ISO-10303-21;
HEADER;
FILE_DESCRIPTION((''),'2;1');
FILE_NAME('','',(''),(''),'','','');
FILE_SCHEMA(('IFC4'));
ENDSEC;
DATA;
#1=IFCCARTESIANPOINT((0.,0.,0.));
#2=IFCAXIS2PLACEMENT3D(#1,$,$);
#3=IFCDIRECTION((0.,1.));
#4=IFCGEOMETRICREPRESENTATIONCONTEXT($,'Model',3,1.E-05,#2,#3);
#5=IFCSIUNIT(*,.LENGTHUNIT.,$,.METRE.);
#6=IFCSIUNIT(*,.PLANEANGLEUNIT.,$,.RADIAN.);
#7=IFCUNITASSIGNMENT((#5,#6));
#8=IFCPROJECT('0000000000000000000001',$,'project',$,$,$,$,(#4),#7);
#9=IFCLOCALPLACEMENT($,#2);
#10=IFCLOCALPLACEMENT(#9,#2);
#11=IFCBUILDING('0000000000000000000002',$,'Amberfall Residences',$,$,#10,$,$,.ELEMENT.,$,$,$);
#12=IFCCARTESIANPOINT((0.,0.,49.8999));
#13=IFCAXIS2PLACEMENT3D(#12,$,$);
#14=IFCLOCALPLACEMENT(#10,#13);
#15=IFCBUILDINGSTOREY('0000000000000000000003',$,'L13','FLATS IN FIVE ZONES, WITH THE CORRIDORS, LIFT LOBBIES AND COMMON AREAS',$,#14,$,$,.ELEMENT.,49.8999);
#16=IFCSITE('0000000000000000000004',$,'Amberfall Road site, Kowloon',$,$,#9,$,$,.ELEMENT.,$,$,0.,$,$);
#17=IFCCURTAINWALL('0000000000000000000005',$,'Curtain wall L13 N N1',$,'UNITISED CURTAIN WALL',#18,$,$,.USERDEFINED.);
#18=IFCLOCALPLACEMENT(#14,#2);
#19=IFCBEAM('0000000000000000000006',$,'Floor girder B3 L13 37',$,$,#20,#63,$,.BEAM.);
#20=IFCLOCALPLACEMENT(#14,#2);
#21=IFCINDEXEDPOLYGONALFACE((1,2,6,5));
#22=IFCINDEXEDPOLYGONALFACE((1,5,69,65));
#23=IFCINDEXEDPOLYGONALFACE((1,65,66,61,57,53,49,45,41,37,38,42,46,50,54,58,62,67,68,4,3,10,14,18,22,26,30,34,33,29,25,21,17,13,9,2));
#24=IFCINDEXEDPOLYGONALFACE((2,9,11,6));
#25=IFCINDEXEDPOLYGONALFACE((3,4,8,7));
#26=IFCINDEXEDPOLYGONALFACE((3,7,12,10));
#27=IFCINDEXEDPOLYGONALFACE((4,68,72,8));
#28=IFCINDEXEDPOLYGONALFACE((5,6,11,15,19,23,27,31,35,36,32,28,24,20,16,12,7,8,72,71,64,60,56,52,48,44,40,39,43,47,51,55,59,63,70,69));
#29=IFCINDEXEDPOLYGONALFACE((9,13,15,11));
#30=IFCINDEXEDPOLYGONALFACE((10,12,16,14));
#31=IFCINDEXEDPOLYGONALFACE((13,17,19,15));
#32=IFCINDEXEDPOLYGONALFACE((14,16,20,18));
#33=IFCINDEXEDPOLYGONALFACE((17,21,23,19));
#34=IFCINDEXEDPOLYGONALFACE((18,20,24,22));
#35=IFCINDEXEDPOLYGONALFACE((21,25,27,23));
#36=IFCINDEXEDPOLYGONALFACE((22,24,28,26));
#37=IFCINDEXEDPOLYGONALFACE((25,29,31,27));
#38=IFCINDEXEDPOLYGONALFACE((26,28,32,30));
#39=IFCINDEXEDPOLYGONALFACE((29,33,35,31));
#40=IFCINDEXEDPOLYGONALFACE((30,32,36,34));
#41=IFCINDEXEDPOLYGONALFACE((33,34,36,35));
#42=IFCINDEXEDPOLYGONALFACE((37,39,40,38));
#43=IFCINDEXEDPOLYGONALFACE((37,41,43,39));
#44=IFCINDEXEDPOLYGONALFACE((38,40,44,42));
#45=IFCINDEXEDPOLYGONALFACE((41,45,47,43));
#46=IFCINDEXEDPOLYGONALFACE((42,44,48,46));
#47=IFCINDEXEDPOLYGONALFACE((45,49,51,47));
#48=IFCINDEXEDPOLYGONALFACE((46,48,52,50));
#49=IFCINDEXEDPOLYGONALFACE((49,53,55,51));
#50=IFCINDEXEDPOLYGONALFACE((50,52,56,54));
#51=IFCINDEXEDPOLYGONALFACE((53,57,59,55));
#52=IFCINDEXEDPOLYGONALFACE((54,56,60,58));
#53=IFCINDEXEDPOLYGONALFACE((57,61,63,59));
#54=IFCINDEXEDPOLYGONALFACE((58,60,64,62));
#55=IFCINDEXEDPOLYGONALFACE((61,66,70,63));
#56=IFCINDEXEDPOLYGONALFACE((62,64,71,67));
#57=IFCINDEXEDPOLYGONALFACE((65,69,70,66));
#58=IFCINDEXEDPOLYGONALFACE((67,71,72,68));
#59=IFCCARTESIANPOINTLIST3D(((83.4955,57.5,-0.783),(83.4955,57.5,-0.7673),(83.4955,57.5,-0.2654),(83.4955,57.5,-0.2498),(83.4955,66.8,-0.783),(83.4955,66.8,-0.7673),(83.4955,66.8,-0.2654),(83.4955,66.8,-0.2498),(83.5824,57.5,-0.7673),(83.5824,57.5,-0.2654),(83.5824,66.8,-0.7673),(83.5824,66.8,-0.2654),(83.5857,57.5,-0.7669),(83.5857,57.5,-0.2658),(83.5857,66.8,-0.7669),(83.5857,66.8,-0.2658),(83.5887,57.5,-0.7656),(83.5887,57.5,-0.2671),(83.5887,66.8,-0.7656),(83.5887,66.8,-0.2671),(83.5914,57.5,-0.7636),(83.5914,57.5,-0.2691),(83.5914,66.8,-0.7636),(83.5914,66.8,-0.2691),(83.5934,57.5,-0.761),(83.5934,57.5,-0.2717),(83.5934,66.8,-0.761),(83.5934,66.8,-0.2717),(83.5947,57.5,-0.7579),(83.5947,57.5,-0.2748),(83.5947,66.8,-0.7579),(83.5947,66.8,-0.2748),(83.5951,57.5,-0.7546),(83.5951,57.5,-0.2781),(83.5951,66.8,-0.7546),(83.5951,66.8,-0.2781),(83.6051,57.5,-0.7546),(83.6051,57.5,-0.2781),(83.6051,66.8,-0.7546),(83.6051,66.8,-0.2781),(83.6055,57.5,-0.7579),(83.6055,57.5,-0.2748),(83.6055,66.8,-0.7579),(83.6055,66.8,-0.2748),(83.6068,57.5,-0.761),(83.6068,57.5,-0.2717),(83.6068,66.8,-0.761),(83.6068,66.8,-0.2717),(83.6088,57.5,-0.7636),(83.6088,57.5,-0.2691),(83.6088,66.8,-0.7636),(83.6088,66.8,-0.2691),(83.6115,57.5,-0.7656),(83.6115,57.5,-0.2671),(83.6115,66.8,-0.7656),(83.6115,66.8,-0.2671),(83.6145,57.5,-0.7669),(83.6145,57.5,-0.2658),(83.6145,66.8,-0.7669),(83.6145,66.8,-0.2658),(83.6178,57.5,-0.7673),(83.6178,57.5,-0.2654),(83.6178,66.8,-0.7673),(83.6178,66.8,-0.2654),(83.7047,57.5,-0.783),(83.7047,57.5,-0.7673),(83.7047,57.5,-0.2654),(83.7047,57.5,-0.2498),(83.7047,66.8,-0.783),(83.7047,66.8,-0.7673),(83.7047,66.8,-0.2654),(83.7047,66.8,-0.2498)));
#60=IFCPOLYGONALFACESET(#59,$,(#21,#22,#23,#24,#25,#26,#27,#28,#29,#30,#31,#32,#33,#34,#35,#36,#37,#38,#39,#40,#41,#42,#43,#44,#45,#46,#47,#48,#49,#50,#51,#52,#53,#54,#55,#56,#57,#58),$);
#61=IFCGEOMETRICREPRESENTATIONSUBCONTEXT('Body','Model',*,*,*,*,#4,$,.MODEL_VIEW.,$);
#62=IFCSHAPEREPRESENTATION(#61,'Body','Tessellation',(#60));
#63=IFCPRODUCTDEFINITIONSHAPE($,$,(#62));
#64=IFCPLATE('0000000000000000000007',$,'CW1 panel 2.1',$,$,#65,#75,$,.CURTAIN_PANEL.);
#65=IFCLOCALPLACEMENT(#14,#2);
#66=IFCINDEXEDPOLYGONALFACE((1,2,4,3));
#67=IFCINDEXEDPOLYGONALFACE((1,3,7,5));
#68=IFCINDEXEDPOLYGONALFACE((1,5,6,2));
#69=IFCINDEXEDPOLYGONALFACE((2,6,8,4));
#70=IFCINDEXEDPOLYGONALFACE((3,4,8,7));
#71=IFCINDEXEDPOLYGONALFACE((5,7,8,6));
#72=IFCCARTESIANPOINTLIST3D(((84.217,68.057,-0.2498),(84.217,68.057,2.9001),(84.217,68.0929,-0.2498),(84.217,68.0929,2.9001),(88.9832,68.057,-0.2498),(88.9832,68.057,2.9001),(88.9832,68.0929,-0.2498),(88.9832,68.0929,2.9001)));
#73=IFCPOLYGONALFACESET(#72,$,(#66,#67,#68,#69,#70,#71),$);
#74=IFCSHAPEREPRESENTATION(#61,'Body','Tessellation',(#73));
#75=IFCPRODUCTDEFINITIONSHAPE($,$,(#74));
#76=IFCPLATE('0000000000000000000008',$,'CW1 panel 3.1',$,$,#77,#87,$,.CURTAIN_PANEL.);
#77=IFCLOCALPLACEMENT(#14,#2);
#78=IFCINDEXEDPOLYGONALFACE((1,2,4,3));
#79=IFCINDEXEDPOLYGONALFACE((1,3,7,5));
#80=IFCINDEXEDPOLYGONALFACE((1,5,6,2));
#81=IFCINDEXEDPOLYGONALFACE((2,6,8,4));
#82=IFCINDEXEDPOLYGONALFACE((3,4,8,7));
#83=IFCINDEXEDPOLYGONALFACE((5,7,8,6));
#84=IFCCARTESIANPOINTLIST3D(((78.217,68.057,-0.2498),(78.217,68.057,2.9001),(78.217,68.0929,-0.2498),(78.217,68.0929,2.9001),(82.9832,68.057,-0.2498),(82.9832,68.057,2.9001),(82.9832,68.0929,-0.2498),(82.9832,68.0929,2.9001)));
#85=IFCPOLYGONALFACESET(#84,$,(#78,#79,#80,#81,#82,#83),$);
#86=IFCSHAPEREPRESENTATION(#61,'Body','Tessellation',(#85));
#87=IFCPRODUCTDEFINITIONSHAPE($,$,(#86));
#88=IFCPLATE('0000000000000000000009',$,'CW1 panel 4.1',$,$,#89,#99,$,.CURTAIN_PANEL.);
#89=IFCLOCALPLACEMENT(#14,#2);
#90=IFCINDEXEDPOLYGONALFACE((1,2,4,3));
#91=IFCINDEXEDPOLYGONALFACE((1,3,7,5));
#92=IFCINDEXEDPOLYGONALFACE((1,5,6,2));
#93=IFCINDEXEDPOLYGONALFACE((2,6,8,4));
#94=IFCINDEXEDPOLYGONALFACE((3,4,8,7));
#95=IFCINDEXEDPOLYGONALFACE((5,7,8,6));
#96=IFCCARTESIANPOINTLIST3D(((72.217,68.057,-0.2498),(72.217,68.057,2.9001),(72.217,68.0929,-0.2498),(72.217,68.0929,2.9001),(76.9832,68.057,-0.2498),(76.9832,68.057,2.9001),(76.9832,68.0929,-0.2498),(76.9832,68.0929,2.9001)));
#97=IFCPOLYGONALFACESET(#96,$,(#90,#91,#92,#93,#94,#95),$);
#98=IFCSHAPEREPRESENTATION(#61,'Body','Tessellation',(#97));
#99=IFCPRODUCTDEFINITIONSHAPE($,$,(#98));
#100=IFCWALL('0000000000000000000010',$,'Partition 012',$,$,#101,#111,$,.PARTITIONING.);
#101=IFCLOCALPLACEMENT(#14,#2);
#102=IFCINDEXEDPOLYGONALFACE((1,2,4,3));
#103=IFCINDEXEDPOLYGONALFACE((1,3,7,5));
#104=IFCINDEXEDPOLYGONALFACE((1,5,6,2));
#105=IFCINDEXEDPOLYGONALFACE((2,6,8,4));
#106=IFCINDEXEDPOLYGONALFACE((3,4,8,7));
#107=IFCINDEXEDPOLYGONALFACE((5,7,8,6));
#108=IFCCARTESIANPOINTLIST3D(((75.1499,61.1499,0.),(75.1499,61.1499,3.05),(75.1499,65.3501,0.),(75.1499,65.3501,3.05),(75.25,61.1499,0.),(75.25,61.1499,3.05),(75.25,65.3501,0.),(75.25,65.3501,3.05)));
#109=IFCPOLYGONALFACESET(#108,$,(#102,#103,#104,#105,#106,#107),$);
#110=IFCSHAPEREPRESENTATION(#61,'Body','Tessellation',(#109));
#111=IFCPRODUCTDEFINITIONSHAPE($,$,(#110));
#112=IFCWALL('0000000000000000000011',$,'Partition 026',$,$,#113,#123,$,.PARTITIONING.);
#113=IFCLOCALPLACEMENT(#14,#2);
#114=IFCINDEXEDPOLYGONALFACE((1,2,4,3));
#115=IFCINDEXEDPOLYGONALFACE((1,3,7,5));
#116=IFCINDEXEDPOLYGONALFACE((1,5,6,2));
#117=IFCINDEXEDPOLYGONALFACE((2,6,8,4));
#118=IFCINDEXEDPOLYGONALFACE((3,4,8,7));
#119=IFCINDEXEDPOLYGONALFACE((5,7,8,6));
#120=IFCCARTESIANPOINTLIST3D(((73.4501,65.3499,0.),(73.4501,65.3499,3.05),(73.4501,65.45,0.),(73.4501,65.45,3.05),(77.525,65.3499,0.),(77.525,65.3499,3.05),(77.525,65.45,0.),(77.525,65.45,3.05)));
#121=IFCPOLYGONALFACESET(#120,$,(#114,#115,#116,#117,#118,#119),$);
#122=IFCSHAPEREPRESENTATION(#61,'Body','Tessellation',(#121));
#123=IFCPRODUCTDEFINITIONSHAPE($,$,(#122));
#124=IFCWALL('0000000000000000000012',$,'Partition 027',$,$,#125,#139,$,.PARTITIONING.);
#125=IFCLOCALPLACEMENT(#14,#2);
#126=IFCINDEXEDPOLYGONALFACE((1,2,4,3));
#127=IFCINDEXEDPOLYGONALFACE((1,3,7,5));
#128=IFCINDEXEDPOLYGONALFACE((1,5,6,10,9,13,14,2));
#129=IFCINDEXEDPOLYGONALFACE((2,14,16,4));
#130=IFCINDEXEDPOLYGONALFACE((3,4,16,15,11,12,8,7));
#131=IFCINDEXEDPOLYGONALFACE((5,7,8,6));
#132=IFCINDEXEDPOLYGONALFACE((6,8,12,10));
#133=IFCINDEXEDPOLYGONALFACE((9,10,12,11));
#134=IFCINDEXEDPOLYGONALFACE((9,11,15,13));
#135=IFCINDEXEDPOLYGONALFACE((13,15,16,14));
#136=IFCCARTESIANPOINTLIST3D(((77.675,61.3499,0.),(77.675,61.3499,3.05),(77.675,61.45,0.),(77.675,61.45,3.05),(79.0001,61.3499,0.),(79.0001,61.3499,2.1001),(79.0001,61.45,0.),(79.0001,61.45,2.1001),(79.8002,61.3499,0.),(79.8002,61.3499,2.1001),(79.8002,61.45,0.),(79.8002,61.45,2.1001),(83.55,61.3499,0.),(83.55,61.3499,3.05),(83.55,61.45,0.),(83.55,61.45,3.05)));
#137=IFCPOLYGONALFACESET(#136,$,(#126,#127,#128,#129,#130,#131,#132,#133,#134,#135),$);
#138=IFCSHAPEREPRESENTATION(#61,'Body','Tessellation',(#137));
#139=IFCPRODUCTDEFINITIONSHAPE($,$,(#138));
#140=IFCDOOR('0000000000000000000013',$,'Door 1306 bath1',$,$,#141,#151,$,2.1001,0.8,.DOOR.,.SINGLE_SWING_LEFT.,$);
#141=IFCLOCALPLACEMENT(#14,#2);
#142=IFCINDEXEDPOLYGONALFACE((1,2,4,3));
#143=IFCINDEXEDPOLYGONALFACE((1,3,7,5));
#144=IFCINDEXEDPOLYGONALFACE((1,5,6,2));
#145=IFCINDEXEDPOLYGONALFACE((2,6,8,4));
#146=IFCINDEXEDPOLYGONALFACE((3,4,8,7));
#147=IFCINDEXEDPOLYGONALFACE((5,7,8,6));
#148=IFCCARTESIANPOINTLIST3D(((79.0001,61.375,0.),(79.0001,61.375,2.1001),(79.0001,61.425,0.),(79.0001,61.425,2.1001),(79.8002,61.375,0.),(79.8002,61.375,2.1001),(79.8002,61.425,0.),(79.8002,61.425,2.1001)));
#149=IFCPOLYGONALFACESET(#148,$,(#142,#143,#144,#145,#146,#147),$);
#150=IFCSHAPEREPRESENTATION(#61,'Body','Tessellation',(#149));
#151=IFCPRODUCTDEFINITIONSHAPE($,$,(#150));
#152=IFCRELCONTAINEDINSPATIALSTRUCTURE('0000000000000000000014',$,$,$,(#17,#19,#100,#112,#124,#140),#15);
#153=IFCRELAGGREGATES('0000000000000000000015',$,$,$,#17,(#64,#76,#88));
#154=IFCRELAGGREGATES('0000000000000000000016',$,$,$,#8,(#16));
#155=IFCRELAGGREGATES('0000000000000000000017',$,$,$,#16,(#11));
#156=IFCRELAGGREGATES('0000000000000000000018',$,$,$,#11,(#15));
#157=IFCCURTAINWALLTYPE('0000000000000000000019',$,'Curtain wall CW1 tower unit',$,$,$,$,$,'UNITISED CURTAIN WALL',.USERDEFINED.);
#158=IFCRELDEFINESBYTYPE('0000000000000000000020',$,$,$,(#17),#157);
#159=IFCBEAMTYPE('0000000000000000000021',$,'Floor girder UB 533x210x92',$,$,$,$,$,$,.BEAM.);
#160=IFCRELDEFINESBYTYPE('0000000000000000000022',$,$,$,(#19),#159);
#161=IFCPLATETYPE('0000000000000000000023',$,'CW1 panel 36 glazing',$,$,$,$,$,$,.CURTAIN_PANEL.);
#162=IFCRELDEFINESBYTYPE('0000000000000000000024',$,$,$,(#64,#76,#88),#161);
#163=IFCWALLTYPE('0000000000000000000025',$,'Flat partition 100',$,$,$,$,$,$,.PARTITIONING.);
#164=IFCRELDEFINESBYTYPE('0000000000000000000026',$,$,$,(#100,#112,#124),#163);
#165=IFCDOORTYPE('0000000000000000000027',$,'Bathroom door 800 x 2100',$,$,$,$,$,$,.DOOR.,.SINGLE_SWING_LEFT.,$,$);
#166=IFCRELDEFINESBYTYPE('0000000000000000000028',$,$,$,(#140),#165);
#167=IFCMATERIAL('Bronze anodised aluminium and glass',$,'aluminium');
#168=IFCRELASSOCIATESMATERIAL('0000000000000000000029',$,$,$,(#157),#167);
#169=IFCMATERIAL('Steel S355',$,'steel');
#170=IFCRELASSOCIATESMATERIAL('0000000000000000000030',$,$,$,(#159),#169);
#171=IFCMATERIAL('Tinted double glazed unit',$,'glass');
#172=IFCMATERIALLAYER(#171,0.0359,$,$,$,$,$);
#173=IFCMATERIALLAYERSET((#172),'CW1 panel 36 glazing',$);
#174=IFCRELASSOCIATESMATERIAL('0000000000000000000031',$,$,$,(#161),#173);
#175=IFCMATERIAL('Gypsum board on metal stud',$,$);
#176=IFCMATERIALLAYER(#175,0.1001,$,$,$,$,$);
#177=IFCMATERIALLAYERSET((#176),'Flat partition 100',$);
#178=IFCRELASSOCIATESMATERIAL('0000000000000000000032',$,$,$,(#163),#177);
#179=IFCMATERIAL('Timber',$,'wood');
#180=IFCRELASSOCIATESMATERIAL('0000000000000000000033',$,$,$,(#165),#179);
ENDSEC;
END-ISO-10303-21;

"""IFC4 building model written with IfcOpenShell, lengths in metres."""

from ifc_helpers import new_model, si_unit, direction, frame, frame_2d, origin, origin_2d, place, context, subcontext, project, spatial, rectangle, i_section, extrude, material, layer, layer_set, material_profile, profile_set, type_object, element, fill, aggregate, save


model = new_model("IFC4")

# Units and contexts
model_context = context("Model", 3, precision=1e-05, world=origin(), true_north=direction((0.0, 1.0)))
body_context = subcontext(model_context, "Body", "Model", "MODEL_VIEW")
ifc_project = project(units=[si_unit("LENGTHUNIT", "METRE"), si_unit("PLANEANGLEUNIT", "RADIAN")], contexts=[model_context])

# Site, building, storey
site_placement = place(None, origin())
site = spatial("IfcSite", under=ifc_project, at=site_placement, Name="Amberfall Road site, Kowloon", CompositionType="ELEMENT", RefElevation=0.0)
building_placement = place(site_placement, origin())
building = spatial("IfcBuilding", under=site, at=building_placement, Name="Amberfall Residences", CompositionType="ELEMENT")
storey_placement = place(building_placement, frame((0.0, 0.0, 49.8999)))
storey = spatial("IfcBuildingStorey", under=building, at=storey_placement, Name="L13", Description="FLATS IN FIVE ZONES, WITH THE CORRIDORS, LIFT LOBBIES AND COMMON AREAS", CompositionType="ELEMENT", Elevation=49.8999)

# Curtain wall
ifc_material_1 = material(Name="Bronze anodised aluminium and glass", Category="aluminium")
curtain_wall_type = type_object("IfcCurtainWallType", Name="Curtain wall CW1 tower unit", ElementType="UNITISED CURTAIN WALL", PredefinedType="USERDEFINED", material=ifc_material_1)
curtain_wall_placement = place(storey_placement, origin())
curtain_wall = element("IfcCurtainWall", 1, at=curtain_wall_placement, inside=storey, type_object=curtain_wall_type, Name="Curtain wall L13 N N1", ObjectType="UNITISED CURTAIN WALL", PredefinedType="USERDEFINED")

# Shared definitions
ifc_material_2 = material(Name="Steel S355", Category="steel")

# Beam
ifc_material_profile_1 = material_profile(ifc_material_2, i_section(OverallWidth=0.2092, OverallDepth=0.5332, WebThickness=0.01, FlangeThickness=0.0156, FilletRadius=0.0127, at=origin_2d()), Name="UB 533x210x92")
ifc_profile_set_1 = profile_set([ifc_material_profile_1], Name="Steel S355")
beam_type_1 = type_object("IfcBeamType", Name="Floor girder UB 533x210x92", PredefinedType="BEAM", material=ifc_profile_set_1)
for number, where, z_axis, x_axis, name in (
    (2, (83.6001, 66.8, -0.5164), (0.0, -1.0, 0.0), (1.0, 0.0, 0.0), "Floor girder B3 L13 37"),
):
    element("IfcBeam", number, at=place(storey_placement, frame(where, z_axis=z_axis, x_axis=x_axis)), inside=storey, type_object=beam_type_1, Name=name, PredefinedType="BEAM", context=body_context, shape_type="SweptSolid", body=[
        extrude(i_section(OverallWidth=0.2092, OverallDepth=0.5332, WebThickness=0.01, FlangeThickness=0.0156, FilletRadius=0.0127, at=origin_2d()), origin(), (0.0, 0.0, 1.0), 9.3),
    ])

# Plates
ifc_material_3 = material(Name="Tinted double glazed unit", Category="glass")
ifc_layer_1 = layer(ifc_material_3, 0.0359)
ifc_layer_set_1 = layer_set([ifc_layer_1], Name="CW1 panel 36 glazing")
plate_type = type_object("IfcPlateType", Name="CW1 panel 36 glazing", PredefinedType="CURTAIN_PANEL", material=ifc_layer_set_1)
plate_1_placement = place(storey_placement, frame((86.6001, 68.075, -0.2498), z_axis=(0.0, 0.0, 1.0), x_axis=(-1.0, 0.0, 0.0)))
plate_1 = element("IfcPlate", 3, at=plate_1_placement, type_object=plate_type, Name="CW1 panel 2.1", PredefinedType="CURTAIN_PANEL", context=body_context, shape_type="SweptSolid", body=[
    extrude(rectangle(XDim=4.7661, YDim=0.0359, at=origin_2d()), origin(), (0.0, 0.0, 1.0), 3.1499),
])
plate_2_placement = place(storey_placement, frame((80.6001, 68.075, -0.2498), z_axis=(0.0, 0.0, 1.0), x_axis=(-1.0, 0.0, 0.0)))
plate_2 = element("IfcPlate", 4, at=plate_2_placement, type_object=plate_type, Name="CW1 panel 3.1", PredefinedType="CURTAIN_PANEL", context=body_context, shape_type="SweptSolid", body=[
    extrude(rectangle(XDim=4.7661, YDim=0.0359, at=origin_2d()), origin(), (0.0, 0.0, 1.0), 3.1499),
])
plate_3_placement = place(storey_placement, frame((74.6001, 68.075, -0.2498), z_axis=(0.0, 0.0, 1.0), x_axis=(-1.0, 0.0, 0.0)))
plate_3 = element("IfcPlate", 5, at=plate_3_placement, type_object=plate_type, Name="CW1 panel 4.1", PredefinedType="CURTAIN_PANEL", context=body_context, shape_type="SweptSolid", body=[
    extrude(rectangle(XDim=4.7661, YDim=0.0359, at=origin_2d()), origin(), (0.0, 0.0, 1.0), 3.1499),
])
aggregate(curtain_wall, [plate_1, plate_2, plate_3])

# Walls
ifc_material_4 = material(Name="Gypsum board on metal stud")
ifc_layer_2 = layer(ifc_material_4, 0.1001)
ifc_layer_set_2 = layer_set([ifc_layer_2], Name="Flat partition 100")
wall_type = type_object("IfcWallType", Name="Flat partition 100", PredefinedType="PARTITIONING", material=ifc_layer_set_2)
wall_1_placement = place(storey_placement, frame((75.2, 61.1499, 0.0), z_axis=(0.0, 0.0, 1.0), x_axis=(0.0, 1.0, 0.0)))
element("IfcWall", 6, at=wall_1_placement, inside=storey, type_object=wall_type, Name="Partition 012", PredefinedType="PARTITIONING", context=body_context, shape_type="SweptSolid", body=[
    extrude(rectangle(XDim=4.2002, YDim=0.1001, at=frame_2d((2.1001, 0.0))), origin(), (0.0, 0.0, 1.0), 3.05),
])
wall_2_placement = place(storey_placement, frame((73.45, 65.3999, 0.0), z_axis=(0.0, 0.0, 1.0), x_axis=(1.0, 0.0, 0.0)))
element("IfcWall", 7, at=wall_2_placement, inside=storey, type_object=wall_type, Name="Partition 026", PredefinedType="PARTITIONING", context=body_context, shape_type="SweptSolid", body=[
    extrude(rectangle(XDim=4.075, YDim=0.1001, at=frame_2d((2.0376, 0.0))), origin(), (0.0, 0.0, 1.0), 3.05),
])

# Wall, opening, door
wall_3_placement = place(storey_placement, frame((83.55, 61.3999, 0.0), z_axis=(0.0, 0.0, 1.0), x_axis=(-1.0, 0.0, 0.0)))
wall_3 = element("IfcWall", 8, at=wall_3_placement, inside=storey, type_object=wall_type, Name="Partition 027", PredefinedType="PARTITIONING", context=body_context, shape_type="SweptSolid", body=[
    extrude(rectangle(XDim=5.875, YDim=0.1001, at=frame_2d((2.9375, 0.0))), origin(), (0.0, 0.0, 1.0), 3.05),
])
opening_placement = place(wall_3_placement, frame((3.75, 0.0, 0.0)))
opening = element("IfcOpeningElement", 9, at=opening_placement, cuts=wall_3, PredefinedType="OPENING", context=body_context, shape_type="SweptSolid", body=[
    extrude(rectangle(XDim=0.8, YDim=2.1001, at=frame_2d((0.3999, 1.05))), frame((0.0, 0.0601, 0.0), z_axis=(0.0, -1.0, 0.0), x_axis=(1.0, 0.0, 0.0)), (0.0, 0.0, 1.0), 0.1201),
])
ifc_material_5 = material(Name="Timber", Category="wood")
door_type = type_object("IfcDoorType", Name="Bathroom door 800 x 2100", OperationType="SINGLE_SWING_LEFT", PredefinedType="DOOR", material=ifc_material_5)
door_placement = place(opening_placement, origin())
door = element("IfcDoor", 10, at=door_placement, inside=storey, type_object=door_type, Name="Door 1306 bath1", OperationType="SINGLE_SWING_LEFT", OverallHeight=2.1001, OverallWidth=0.8, PredefinedType="DOOR", context=body_context, shape_type="SweptSolid", body=[
    extrude(rectangle(XDim=0.8, YDim=2.1001, at=frame_2d((0.3999, 1.05))), frame((0.0, 0.0249, 0.0), z_axis=(0.0, -1.0, 0.0), x_axis=(1.0, 0.0, 0.0)), (0.0, 0.0, 1.0), 0.05),
])
fill(opening, door)

save(model, "model.ifc")
